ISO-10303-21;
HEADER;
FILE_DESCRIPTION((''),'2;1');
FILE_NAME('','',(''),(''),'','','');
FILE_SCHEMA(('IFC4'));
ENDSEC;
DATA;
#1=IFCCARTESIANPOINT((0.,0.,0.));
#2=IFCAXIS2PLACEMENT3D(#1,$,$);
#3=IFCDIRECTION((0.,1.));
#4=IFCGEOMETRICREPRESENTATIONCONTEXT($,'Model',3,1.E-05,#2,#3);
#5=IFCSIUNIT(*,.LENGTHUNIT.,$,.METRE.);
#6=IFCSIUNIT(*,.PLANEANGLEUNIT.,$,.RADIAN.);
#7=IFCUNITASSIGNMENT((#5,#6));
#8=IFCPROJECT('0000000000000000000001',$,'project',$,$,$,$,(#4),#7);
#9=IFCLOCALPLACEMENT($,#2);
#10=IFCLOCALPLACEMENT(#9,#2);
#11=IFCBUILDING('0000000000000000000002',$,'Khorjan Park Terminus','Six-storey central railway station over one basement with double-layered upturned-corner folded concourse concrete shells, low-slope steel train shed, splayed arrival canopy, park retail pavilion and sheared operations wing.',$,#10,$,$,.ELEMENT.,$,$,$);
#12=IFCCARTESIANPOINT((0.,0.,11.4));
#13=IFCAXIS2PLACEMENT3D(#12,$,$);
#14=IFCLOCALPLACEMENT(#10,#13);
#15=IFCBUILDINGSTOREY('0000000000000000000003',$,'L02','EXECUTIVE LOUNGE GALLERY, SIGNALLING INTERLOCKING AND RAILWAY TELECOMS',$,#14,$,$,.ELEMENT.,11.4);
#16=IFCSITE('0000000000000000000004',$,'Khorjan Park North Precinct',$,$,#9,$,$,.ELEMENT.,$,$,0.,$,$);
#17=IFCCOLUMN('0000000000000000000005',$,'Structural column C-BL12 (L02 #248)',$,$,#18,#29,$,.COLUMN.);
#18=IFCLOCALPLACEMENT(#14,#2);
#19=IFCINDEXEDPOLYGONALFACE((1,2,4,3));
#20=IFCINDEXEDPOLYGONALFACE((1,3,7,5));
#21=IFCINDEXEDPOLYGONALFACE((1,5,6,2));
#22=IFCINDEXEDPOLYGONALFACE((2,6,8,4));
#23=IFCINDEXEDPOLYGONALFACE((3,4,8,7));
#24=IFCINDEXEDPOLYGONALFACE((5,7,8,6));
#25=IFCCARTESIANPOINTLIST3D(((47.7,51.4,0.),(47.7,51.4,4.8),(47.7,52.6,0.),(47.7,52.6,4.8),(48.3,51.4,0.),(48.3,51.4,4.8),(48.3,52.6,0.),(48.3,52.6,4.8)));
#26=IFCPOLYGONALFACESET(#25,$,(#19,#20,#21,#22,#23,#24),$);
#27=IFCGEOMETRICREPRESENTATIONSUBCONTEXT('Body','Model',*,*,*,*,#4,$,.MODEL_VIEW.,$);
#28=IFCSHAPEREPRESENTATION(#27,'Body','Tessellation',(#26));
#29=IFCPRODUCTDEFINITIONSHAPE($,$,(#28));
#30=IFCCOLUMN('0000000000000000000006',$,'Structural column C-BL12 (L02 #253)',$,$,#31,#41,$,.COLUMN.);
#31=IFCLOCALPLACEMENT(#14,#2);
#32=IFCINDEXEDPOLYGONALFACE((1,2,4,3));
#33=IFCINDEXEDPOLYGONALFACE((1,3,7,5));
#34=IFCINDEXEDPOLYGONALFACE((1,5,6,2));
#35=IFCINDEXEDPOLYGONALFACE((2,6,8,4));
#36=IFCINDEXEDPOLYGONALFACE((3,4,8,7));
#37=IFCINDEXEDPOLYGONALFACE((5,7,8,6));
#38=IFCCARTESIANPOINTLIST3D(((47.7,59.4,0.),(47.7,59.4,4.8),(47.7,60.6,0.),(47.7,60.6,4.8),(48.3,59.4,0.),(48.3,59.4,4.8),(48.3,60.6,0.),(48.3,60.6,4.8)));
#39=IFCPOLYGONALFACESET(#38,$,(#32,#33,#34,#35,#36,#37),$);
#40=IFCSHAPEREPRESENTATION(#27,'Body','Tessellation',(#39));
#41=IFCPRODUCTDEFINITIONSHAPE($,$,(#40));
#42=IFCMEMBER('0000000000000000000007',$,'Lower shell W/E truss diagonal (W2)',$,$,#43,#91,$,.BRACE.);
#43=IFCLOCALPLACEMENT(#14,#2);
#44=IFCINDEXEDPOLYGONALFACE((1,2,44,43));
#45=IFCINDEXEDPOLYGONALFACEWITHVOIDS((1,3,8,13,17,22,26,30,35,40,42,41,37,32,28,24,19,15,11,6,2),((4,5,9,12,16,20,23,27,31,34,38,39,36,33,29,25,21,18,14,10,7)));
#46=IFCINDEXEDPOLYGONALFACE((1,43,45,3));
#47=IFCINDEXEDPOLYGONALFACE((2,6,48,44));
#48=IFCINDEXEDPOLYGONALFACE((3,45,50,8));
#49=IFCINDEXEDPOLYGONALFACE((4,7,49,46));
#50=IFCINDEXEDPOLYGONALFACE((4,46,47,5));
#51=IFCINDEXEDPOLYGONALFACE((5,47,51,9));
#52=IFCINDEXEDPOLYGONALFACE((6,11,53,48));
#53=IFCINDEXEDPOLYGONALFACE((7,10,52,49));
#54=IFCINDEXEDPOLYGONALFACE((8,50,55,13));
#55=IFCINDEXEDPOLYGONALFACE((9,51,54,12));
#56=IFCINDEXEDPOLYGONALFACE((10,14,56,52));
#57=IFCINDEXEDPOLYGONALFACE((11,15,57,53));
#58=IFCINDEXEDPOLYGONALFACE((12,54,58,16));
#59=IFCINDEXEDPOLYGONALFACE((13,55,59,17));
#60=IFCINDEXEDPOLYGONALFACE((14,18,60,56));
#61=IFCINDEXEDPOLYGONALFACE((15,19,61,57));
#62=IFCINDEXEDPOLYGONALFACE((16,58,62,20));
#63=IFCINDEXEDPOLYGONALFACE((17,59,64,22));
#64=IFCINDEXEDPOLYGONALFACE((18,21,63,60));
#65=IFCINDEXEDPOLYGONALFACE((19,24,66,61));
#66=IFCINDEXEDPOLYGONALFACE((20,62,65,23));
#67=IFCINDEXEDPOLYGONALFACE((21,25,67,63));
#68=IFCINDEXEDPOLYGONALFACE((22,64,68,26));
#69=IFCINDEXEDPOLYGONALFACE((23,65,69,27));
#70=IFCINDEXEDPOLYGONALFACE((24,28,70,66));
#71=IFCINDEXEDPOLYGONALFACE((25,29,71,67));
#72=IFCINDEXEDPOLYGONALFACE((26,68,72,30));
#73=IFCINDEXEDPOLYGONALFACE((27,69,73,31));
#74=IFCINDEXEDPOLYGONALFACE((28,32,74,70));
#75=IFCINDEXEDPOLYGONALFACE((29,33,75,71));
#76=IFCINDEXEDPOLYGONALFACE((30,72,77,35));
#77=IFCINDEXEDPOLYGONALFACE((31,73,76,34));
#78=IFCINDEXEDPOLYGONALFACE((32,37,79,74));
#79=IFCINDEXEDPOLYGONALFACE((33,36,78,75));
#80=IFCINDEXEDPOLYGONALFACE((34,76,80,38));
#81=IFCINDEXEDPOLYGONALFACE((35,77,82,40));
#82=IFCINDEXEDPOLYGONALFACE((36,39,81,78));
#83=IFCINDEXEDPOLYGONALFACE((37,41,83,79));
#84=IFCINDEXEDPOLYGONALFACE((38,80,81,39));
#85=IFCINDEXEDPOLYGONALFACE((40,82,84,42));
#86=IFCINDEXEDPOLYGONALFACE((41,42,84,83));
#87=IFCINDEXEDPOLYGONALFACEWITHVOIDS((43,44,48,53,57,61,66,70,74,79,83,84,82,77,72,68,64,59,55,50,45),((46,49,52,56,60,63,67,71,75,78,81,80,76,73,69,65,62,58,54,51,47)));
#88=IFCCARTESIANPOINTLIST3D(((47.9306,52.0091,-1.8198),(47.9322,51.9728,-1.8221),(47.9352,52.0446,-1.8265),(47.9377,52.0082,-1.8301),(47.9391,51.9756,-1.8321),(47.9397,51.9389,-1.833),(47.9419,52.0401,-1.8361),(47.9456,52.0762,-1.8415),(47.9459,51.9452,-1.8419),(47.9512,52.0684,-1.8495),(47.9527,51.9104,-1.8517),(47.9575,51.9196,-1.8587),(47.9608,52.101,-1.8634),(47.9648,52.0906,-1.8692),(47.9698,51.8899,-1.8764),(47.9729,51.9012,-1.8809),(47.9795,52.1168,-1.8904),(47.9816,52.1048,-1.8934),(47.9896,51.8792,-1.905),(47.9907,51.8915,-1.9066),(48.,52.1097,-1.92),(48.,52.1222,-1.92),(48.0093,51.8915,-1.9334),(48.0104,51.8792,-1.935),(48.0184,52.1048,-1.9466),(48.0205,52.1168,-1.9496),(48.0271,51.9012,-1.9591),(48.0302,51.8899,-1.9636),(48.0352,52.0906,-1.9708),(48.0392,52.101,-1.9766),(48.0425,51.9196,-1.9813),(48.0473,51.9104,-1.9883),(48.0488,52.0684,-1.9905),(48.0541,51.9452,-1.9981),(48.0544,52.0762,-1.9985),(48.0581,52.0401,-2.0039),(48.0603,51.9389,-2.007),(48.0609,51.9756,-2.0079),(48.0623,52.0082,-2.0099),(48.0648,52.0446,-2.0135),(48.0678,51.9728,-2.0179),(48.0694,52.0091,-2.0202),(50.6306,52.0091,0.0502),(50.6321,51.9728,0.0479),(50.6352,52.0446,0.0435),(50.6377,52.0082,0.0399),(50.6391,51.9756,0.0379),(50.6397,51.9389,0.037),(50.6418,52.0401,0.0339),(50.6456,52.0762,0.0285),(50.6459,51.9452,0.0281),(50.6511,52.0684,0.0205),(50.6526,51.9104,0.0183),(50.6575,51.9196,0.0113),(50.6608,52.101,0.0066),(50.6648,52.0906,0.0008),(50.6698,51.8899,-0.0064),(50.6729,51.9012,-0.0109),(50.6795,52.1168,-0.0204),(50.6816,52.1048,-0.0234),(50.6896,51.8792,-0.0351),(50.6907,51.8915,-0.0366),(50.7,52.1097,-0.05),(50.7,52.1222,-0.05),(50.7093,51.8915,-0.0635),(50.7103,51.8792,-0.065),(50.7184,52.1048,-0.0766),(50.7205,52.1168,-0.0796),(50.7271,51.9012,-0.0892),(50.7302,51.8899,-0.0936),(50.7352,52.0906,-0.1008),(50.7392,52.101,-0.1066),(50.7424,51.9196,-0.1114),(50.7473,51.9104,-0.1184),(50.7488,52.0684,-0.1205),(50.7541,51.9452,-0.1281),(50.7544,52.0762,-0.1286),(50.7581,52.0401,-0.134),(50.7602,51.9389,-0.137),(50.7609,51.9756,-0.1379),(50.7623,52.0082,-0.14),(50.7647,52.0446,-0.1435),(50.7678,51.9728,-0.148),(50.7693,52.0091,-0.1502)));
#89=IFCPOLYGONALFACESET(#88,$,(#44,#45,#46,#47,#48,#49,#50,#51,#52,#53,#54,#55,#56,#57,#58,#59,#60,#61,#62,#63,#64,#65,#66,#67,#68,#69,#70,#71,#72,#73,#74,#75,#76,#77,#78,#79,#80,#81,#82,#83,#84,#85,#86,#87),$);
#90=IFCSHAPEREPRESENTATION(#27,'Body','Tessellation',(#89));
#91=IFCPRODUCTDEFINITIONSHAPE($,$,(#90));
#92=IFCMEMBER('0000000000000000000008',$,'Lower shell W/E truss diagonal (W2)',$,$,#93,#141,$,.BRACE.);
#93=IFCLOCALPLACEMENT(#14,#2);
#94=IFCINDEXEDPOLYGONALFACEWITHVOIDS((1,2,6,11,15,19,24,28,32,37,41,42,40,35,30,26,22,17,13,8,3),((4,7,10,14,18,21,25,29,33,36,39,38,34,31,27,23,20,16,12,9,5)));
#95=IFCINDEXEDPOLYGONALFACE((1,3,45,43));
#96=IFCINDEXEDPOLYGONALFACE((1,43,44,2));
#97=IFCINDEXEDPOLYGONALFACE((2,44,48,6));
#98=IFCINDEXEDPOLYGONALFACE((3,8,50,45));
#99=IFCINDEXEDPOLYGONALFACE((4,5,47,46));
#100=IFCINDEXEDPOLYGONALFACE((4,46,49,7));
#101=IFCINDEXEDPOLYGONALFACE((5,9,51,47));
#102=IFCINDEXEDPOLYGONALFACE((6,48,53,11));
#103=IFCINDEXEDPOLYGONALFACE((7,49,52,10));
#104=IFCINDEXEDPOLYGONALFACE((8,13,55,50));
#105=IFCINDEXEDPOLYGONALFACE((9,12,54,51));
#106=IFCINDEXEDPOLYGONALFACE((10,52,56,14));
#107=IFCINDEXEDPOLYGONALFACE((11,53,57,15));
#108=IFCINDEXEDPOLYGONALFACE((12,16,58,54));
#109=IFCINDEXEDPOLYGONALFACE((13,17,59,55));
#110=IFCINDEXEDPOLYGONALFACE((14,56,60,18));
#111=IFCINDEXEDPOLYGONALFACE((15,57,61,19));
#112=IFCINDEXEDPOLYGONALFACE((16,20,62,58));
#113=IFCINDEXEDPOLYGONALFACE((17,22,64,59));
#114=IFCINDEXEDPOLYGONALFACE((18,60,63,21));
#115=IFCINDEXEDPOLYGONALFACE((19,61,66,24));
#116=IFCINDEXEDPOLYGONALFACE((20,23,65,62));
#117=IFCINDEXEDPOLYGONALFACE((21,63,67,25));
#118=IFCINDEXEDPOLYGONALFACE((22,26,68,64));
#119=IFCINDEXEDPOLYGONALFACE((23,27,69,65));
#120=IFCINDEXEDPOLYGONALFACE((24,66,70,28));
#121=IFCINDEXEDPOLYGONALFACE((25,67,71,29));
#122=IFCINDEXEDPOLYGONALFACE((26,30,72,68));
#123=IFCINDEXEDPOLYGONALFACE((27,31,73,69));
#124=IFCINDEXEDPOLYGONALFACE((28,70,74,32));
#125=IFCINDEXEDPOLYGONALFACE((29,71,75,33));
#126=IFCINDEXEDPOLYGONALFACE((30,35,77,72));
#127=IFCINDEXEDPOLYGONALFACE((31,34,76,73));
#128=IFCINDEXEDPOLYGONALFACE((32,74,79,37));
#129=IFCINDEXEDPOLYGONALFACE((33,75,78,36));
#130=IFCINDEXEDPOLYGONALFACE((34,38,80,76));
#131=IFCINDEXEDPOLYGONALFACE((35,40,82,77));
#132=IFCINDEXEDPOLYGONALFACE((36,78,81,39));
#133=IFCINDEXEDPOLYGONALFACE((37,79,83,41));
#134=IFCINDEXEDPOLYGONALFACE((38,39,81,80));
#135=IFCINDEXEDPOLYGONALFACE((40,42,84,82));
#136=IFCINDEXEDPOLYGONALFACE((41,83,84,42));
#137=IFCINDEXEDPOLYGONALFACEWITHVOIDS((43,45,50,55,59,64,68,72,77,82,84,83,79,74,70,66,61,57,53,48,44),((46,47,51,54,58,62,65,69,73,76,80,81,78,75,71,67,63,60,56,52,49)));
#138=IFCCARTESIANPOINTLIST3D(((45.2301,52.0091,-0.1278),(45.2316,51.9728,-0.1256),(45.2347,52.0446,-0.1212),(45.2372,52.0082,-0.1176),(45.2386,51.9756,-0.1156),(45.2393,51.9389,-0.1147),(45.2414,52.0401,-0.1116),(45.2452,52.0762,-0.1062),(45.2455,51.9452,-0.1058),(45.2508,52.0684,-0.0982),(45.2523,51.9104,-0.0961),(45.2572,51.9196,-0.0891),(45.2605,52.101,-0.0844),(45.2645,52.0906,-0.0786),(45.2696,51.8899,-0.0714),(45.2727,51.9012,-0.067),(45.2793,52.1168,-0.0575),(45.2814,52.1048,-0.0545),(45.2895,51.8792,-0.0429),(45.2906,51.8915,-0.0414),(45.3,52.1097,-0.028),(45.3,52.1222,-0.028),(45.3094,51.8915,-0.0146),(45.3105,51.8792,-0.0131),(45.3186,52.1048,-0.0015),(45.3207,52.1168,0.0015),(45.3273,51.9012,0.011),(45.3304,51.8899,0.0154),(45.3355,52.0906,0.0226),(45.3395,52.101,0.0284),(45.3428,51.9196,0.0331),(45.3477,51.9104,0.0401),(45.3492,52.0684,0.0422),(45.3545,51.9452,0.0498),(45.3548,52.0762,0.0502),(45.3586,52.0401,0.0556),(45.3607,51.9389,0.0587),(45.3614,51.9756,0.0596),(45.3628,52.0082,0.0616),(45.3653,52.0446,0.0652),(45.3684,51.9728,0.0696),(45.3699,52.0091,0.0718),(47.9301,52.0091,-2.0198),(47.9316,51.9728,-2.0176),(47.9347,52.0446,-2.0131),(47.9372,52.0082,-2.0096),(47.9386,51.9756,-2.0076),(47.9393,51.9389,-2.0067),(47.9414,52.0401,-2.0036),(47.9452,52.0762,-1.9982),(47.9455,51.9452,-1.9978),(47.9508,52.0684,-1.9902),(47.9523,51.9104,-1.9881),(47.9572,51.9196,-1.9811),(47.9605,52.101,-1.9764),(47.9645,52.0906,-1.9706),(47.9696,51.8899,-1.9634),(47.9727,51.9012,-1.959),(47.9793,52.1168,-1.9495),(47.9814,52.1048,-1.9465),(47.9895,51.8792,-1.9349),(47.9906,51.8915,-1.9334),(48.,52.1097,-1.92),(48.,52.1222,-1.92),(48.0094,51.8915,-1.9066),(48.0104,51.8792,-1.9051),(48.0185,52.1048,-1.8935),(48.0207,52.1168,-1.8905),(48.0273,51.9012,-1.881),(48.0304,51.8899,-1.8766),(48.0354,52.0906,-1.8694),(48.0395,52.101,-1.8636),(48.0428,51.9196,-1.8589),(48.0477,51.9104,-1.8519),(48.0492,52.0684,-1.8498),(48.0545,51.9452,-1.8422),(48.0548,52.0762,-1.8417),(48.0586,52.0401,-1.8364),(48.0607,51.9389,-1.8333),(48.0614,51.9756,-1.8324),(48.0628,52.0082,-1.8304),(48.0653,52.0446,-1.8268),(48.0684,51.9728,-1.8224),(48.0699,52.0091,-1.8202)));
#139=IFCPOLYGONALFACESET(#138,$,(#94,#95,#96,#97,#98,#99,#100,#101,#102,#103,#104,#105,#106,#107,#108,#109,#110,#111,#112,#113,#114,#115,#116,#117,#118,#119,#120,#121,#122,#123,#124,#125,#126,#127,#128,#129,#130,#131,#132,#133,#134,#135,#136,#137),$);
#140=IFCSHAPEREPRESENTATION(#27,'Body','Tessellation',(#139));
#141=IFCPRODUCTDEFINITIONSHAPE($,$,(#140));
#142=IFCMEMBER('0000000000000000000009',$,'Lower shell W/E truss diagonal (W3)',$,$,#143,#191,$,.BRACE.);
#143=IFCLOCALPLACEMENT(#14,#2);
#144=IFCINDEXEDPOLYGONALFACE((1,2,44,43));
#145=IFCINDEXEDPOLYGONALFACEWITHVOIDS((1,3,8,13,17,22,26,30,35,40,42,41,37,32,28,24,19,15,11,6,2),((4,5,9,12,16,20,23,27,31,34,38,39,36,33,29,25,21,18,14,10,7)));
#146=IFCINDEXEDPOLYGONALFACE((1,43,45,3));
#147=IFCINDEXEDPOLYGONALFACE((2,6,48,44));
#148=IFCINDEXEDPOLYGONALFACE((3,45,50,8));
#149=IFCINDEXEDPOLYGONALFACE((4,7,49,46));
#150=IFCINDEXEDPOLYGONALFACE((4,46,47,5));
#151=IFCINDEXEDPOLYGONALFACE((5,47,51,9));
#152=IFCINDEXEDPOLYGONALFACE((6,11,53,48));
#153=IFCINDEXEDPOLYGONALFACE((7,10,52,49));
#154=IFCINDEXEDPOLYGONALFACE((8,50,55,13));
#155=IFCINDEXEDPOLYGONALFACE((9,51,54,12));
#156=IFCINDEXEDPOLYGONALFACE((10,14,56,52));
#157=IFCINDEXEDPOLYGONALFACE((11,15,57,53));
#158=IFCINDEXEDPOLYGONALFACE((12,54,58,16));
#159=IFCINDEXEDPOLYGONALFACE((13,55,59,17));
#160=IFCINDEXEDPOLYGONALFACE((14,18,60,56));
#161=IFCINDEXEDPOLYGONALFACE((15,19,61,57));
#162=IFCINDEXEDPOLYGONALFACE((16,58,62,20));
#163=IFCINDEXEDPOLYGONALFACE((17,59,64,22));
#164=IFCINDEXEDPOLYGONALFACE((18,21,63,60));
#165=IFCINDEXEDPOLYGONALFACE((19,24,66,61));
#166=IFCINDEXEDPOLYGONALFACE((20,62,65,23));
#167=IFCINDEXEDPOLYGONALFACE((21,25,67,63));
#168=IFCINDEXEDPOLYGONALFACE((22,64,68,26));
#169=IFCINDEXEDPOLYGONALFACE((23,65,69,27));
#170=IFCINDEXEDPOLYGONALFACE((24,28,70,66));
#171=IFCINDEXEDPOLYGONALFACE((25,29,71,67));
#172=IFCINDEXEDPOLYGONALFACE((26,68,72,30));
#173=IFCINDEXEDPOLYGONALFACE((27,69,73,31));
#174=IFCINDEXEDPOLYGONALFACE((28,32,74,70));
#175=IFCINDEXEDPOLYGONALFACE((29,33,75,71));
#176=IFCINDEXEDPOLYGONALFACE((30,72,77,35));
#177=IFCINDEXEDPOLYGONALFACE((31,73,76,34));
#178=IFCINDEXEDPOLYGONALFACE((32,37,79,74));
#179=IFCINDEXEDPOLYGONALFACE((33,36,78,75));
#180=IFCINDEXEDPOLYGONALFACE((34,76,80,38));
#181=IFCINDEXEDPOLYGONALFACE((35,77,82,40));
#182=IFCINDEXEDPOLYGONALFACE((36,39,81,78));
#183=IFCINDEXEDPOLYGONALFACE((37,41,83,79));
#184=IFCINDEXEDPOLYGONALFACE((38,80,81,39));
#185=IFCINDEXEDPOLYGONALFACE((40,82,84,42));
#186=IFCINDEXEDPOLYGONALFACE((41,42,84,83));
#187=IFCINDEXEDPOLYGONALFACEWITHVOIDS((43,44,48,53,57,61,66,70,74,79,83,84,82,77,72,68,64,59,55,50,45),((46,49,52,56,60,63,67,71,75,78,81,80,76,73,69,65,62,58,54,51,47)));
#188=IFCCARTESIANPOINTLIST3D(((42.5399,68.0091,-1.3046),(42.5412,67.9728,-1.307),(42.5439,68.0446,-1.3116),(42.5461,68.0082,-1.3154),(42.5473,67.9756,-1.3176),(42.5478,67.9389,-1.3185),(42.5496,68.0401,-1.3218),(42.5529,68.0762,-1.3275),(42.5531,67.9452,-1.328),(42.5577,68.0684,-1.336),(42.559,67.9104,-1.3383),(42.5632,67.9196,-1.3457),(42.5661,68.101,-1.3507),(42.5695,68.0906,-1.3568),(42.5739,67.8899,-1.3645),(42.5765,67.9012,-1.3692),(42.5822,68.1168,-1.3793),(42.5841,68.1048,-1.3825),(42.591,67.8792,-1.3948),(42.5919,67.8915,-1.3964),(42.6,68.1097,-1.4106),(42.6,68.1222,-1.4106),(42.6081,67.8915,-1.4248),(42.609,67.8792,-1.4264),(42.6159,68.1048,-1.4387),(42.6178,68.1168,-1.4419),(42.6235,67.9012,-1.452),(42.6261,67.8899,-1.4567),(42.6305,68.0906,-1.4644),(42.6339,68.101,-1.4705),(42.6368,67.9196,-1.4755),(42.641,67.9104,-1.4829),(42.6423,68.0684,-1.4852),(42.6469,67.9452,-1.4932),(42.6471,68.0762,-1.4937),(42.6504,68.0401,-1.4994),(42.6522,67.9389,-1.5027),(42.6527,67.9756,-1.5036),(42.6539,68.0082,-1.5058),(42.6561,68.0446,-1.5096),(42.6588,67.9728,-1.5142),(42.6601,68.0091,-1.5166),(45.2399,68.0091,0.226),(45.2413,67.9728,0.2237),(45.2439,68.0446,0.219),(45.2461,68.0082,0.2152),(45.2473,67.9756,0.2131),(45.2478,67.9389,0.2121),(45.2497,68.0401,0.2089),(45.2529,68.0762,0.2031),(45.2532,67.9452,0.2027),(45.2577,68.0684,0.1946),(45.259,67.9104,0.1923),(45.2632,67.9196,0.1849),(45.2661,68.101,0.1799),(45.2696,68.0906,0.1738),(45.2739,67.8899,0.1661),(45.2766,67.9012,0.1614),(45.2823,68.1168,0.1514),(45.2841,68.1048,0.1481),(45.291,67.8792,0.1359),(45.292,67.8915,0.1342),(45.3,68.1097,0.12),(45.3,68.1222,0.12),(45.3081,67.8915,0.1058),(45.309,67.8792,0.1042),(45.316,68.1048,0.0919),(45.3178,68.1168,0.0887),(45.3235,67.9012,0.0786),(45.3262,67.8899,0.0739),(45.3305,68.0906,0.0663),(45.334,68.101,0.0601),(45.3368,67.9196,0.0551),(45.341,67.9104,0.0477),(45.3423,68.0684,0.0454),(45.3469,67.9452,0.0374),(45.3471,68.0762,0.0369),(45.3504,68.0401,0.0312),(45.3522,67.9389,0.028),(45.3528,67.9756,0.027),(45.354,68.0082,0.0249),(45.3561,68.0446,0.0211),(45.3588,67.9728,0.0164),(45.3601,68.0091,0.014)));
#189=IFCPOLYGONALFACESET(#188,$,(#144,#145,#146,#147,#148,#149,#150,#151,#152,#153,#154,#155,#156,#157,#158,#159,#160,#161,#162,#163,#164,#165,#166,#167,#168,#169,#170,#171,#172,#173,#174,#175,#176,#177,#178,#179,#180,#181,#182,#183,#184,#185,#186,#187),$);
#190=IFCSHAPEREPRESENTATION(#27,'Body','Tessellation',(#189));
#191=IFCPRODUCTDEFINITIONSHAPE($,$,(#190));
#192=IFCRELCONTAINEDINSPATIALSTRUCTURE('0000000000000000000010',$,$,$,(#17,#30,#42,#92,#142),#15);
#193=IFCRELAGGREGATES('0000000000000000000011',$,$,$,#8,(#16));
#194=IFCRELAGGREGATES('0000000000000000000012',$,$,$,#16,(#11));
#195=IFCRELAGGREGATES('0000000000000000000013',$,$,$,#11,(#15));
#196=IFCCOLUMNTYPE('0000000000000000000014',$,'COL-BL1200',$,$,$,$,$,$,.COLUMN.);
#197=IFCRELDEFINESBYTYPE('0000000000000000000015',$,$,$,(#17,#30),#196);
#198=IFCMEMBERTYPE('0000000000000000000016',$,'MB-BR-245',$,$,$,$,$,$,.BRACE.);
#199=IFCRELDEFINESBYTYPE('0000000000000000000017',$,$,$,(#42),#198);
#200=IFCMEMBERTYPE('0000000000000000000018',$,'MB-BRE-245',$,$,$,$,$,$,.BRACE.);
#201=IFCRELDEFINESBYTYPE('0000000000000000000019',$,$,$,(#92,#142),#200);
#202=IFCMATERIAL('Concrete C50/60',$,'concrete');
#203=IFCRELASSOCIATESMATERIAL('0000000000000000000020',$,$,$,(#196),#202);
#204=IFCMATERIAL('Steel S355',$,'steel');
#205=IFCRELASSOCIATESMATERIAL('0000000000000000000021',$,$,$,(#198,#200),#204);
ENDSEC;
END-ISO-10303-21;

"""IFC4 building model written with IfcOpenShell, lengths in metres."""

from ifc_helpers import new_model, si_unit, direction, frame, origin, origin_2d, place, context, subcontext, project, spatial, rectangle, hollow_circle, extrude, material, material_profile, profile_set, type_object, element, save


model = new_model("IFC4")

# Units and contexts
model_context = context("Model", 3, precision=1e-05, world=origin(), true_north=direction((0.0, 1.0)))
body_context = subcontext(model_context, "Body", "Model", "MODEL_VIEW")
ifc_project = project(units=[si_unit("LENGTHUNIT", "METRE"), si_unit("PLANEANGLEUNIT", "RADIAN")], contexts=[model_context])

# Site, building, storey
site_placement = place(None, origin())
site = spatial("IfcSite", under=ifc_project, at=site_placement, Name="Khorjan Park North Precinct", CompositionType="ELEMENT", RefElevation=0.0)
building_placement = place(site_placement, origin())
building = spatial("IfcBuilding", under=site, at=building_placement, Name="Khorjan Park Terminus", Description="Six-storey central railway station over one basement with double-layered upturned-corner folded concourse concrete shells, low-slope steel train shed, splayed arrival canopy, park retail pavilion and sheared operations wing.", CompositionType="ELEMENT")
storey_placement = place(building_placement, frame((0.0, 0.0, 11.4)))
storey = spatial("IfcBuildingStorey", under=building, at=storey_placement, Name="L02", Description="EXECUTIVE LOUNGE GALLERY, SIGNALLING INTERLOCKING AND RAILWAY TELECOMS", CompositionType="ELEMENT", Elevation=11.4)

# Columns
ifc_material_1 = material(Name="Concrete C50/60", Category="concrete")
ifc_material_profile_1 = material_profile(ifc_material_1, rectangle(XDim=0.6, YDim=1.2, at=origin_2d()), Name="RC 600x1200")
ifc_profile_set_1 = profile_set([ifc_material_profile_1], Name="Concrete C50/60")
column_type = type_object("IfcColumnType", Name="COL-BL1200", PredefinedType="COLUMN", material=ifc_profile_set_1)
for number, where, z_axis, x_axis, name in (
    (1, (48.0, 52.0, 0.0), (0.0, 0.0, 1.0), (1.0, 0.0, 0.0), "Structural column C-BL12 (L02 #248)"),
    (2, (48.0, 60.0, 0.0), (0.0, 0.0, 1.0), (1.0, 0.0, 0.0), "Structural column C-BL12 (L02 #253)"),
):
    element("IfcColumn", number, at=place(storey_placement, frame(where, z_axis=z_axis, x_axis=x_axis)), inside=storey, type_object=column_type, Name=name, PredefinedType="COLUMN", context=body_context, shape_type="SweptSolid", body=[
        extrude(rectangle(XDim=0.6, YDim=1.2, at=origin_2d()), origin(), (0.0, 0.0, 1.0), 4.8),
    ])

# Members
ifc_material_2 = material(Name="Steel S355", Category="steel")
ifc_material_profile_2 = material_profile(ifc_material_2, hollow_circle(Radius=0.1222, WallThickness=0.0125, at=origin_2d()), Name="CHS 244.5x12.5")
ifc_profile_set_2 = profile_set([ifc_material_profile_2], Name="Steel S355")
member_type_1 = type_object("IfcMemberType", Name="MB-BR-245", PredefinedType="BRACE", material=ifc_profile_set_2)
member_1_placement = place(storey_placement, frame((48.0, 52.0, -1.92), z_axis=(0.822083, 0.0, 0.569368), x_axis=(0.0, 1.0, 0.0)))
element("IfcMember", 3, at=member_1_placement, inside=storey, type_object=member_type_1, Name="Lower shell W/E truss diagonal (W2)", PredefinedType="BRACE", context=body_context, shape_type="SweptSolid", body=[
    extrude(hollow_circle(Radius=0.1222, WallThickness=0.0125, at=origin_2d()), origin(), (0.0, 0.0, 1.0), 3.2843),
])
ifc_material_profile_3 = material_profile(ifc_material_2, hollow_circle(Radius=0.1222, WallThickness=0.0125, at=origin_2d()), Name="CHS 244.5x12.5")
ifc_profile_set_3 = profile_set([ifc_material_profile_3], Name="Steel S355")
member_type_2 = type_object("IfcMemberType", Name="MB-BRE-245", PredefinedType="BRACE", material=ifc_profile_set_3)
member_2_placement = place(storey_placement, frame((45.3, 52.0, -0.028), z_axis=(0.818947, 0.0, -0.573869), x_axis=(0.0, 1.0, 0.0)))
element("IfcMember", 4, at=member_2_placement, inside=storey, type_object=member_type_2, Name="Lower shell W/E truss diagonal (W2)", PredefinedType="BRACE", context=body_context, shape_type="SweptSolid", body=[
    extrude(hollow_circle(Radius=0.1222, WallThickness=0.0125, at=origin_2d()), origin(), (0.0, 0.0, 1.0), 3.2969),
])
member_3_placement = place(storey_placement, frame((42.6, 68.0, -1.4106), z_axis=(0.869939, 0.0, 0.493159), x_axis=(0.0, 1.0, 0.0)))
element("IfcMember", 5, at=member_3_placement, inside=storey, type_object=member_type_2, Name="Lower shell W/E truss diagonal (W3)", PredefinedType="BRACE", context=body_context, shape_type="SweptSolid", body=[
    extrude(hollow_circle(Radius=0.1222, WallThickness=0.0125, at=origin_2d()), origin(), (0.0, 0.0, 1.0), 3.1037),
])

save(model, "model.ifc")
